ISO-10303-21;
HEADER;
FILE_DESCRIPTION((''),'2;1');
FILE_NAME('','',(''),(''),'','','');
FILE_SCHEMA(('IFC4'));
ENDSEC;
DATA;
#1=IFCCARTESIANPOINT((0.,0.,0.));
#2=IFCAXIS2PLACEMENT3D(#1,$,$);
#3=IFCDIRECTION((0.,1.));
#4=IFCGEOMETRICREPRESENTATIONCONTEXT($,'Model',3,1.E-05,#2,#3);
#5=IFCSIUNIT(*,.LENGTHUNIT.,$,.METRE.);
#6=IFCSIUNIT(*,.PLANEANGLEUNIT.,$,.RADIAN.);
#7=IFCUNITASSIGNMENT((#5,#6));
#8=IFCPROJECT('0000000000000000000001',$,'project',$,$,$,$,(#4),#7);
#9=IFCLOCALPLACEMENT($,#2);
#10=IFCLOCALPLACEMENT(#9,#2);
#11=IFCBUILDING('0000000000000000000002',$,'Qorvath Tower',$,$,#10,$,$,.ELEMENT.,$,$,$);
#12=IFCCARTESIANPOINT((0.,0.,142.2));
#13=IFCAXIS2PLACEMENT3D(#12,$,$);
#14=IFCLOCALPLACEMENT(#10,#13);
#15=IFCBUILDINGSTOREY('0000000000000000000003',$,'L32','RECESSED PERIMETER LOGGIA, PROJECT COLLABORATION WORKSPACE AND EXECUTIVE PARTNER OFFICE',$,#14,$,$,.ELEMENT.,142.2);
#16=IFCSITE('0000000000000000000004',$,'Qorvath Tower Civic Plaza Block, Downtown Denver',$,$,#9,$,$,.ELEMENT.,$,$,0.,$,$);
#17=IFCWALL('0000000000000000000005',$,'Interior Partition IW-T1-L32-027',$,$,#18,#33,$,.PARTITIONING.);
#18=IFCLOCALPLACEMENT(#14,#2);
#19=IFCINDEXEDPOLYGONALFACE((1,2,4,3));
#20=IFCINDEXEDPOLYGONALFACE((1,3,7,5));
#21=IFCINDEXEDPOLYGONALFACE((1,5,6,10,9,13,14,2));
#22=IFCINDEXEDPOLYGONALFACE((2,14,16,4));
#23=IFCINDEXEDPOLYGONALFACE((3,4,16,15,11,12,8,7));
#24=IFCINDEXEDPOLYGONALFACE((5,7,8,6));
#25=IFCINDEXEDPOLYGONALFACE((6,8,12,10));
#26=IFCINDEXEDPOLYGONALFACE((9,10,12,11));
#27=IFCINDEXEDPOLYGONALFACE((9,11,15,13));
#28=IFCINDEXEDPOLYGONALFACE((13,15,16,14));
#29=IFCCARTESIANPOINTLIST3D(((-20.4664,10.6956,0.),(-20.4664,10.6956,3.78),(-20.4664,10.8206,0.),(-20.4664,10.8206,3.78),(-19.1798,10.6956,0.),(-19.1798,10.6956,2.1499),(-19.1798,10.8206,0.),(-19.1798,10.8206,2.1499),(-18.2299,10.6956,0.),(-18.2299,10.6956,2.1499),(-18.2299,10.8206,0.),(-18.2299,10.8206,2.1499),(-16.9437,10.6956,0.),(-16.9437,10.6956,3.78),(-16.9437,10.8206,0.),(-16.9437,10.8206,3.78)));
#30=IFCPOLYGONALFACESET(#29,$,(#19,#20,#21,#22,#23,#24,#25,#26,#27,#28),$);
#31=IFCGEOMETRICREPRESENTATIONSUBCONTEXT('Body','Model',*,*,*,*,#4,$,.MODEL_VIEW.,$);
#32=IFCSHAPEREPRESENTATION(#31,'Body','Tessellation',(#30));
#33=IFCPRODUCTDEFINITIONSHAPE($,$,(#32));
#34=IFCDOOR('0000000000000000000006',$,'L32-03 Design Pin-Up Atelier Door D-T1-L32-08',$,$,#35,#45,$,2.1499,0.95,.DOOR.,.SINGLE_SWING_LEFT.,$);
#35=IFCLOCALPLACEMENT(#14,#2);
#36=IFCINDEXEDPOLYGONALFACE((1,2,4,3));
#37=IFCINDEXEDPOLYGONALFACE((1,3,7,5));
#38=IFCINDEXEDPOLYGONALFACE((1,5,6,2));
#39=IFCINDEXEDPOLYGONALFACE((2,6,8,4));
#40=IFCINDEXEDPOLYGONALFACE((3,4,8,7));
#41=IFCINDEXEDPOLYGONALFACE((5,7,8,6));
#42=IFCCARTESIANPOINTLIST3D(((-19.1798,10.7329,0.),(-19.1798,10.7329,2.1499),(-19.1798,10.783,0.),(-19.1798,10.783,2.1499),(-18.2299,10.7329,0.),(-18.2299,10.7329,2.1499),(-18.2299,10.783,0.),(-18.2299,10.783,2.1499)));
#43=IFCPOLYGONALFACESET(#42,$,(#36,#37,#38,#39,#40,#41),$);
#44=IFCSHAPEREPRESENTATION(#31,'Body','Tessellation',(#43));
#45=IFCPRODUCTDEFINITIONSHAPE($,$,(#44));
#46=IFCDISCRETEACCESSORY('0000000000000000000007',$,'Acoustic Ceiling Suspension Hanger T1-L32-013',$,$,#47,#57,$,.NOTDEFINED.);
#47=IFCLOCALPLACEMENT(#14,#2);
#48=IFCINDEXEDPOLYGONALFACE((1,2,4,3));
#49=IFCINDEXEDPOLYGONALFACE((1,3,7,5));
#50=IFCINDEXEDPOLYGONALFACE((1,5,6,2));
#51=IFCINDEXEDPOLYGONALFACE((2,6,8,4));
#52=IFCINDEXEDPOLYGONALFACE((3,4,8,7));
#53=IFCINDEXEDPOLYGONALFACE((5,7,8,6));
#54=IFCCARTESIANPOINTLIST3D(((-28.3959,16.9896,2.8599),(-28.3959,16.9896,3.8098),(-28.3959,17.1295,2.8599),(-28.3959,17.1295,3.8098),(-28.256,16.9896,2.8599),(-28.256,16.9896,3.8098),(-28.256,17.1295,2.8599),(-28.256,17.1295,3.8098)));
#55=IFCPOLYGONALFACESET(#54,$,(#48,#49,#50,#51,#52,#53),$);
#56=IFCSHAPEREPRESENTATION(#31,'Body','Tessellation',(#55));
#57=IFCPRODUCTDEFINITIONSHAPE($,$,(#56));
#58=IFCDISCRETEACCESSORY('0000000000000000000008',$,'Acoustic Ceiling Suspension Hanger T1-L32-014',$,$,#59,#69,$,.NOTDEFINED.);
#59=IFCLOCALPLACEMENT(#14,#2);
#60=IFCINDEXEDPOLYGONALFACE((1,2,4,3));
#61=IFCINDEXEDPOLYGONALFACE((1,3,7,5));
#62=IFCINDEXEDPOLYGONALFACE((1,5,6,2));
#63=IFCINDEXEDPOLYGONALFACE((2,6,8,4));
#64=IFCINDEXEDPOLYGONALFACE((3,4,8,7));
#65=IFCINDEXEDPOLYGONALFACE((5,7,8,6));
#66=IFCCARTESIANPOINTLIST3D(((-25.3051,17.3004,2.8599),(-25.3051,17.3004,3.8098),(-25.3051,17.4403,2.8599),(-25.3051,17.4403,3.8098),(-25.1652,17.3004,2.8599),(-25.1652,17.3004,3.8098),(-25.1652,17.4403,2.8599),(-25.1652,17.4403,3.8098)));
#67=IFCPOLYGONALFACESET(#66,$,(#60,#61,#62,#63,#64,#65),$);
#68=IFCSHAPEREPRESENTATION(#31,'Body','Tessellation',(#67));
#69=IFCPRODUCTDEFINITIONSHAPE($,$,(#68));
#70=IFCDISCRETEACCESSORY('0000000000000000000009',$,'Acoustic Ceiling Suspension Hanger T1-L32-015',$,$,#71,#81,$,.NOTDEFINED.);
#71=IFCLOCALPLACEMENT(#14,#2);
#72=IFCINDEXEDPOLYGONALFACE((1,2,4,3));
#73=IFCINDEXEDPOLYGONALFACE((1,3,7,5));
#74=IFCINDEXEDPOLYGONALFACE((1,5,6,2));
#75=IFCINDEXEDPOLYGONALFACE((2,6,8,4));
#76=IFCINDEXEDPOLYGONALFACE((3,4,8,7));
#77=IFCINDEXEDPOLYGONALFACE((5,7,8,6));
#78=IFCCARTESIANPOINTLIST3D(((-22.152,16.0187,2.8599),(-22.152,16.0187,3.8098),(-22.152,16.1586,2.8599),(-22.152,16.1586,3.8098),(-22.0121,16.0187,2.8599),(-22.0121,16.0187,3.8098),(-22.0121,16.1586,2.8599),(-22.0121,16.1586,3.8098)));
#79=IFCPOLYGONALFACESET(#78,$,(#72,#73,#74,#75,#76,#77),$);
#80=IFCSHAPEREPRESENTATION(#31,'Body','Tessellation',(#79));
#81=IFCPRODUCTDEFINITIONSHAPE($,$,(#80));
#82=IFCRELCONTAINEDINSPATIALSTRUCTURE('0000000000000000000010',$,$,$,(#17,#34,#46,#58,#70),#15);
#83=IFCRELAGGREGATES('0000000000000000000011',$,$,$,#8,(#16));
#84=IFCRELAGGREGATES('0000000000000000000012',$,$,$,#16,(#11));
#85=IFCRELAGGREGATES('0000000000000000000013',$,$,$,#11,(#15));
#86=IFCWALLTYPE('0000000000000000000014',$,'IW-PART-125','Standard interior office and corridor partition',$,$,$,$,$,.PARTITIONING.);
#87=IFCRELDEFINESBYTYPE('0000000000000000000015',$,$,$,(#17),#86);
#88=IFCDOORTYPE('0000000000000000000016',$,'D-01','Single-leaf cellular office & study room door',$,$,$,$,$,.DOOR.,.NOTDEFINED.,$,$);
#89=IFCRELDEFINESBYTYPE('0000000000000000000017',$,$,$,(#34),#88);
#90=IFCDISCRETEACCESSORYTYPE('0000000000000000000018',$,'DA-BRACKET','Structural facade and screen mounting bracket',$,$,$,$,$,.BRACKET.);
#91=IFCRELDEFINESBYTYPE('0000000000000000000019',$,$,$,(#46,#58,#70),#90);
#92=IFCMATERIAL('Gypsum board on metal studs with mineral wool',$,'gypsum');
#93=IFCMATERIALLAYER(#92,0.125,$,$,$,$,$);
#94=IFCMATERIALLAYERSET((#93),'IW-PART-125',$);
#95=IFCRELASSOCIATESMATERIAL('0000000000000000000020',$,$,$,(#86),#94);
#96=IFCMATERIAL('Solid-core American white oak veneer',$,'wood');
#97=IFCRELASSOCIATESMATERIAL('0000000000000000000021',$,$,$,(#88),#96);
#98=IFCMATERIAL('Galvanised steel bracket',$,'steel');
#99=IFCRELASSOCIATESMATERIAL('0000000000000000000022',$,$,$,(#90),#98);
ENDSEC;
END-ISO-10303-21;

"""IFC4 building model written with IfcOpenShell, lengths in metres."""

from ifc_helpers import new_model, si_unit, direction, frame, frame_2d, origin, origin_2d, place, context, subcontext, project, spatial, rectangle, extrude, material, layer, layer_set, type_object, element, fill, save


model = new_model("IFC4")

# Units and contexts
model_context = context("Model", 3, precision=1e-05, world=origin(), true_north=direction((0.0, 1.0)))
body_context = subcontext(model_context, "Body", "Model", "MODEL_VIEW")
ifc_project = project(units=[si_unit("LENGTHUNIT", "METRE"), si_unit("PLANEANGLEUNIT", "RADIAN")], contexts=[model_context])

# Site, building, storey
site_placement = place(None, origin())
site = spatial("IfcSite", under=ifc_project, at=site_placement, Name="Qorvath Tower Civic Plaza Block, Downtown Denver", CompositionType="ELEMENT", RefElevation=0.0)
building_placement = place(site_placement, origin())
building = spatial("IfcBuilding", under=site, at=building_placement, Name="Qorvath Tower", CompositionType="ELEMENT")
storey_placement = place(building_placement, frame((0.0, 0.0, 142.2)))
storey = spatial("IfcBuildingStorey", under=building, at=storey_placement, Name="L32", Description="RECESSED PERIMETER LOGGIA, PROJECT COLLABORATION WORKSPACE AND EXECUTIVE PARTNER OFFICE", CompositionType="ELEMENT", Elevation=142.2)

# Shared definitions
ifc_material_1 = material(Name="Gypsum board on metal studs with mineral wool", Category="gypsum")
ifc_layer_1 = layer(ifc_material_1, 0.125)
ifc_layer_set_1 = layer_set([ifc_layer_1], Name="IW-PART-125")
wall_type_1 = type_object("IfcWallType", Name="IW-PART-125", Description="Standard interior office and corridor partition", PredefinedType="PARTITIONING", material=ifc_layer_set_1)
ifc_material_2 = material(Name="Solid-core American white oak veneer", Category="wood")
door_type = type_object("IfcDoorType", Name="D-01", Description="Single-leaf cellular office & study room door", OperationType="NOTDEFINED", PredefinedType="DOOR", material=ifc_material_2)

# Wall, opening, door
wall_1_placement = place(storey_placement, frame((-20.4663, 10.7581, 0.0), z_axis=(0.0, 0.0, 1.0), x_axis=(1.0, 0.0, 0.0)))
wall_1 = element("IfcWall", 1, at=wall_1_placement, inside=storey, type_object=wall_type_1, Name="Interior Partition IW-T1-L32-027", PredefinedType="PARTITIONING", context=body_context, shape_type="SweptSolid", body=[
    extrude(rectangle(XDim=3.5227, YDim=0.125, at=frame_2d((1.7612, 0.0))), origin(), (0.0, 0.0, 1.0), 3.78),
])
opening_1_placement = place(wall_1_placement, frame((1.2864, 0.0, 0.0)))
opening_1 = element("IfcOpeningElement", 2, at=opening_1_placement, cuts=wall_1, PredefinedType="OPENING", context=body_context, shape_type="SweptSolid", body=[
    extrude(rectangle(XDim=0.95, YDim=2.1499, at=frame_2d((0.4751, 1.075))), frame((0.0, 0.0725, 0.0), z_axis=(0.0, -1.0, 0.0), x_axis=(1.0, 0.0, 0.0)), (0.0, 0.0, 1.0), 0.145),
])
door_1_placement = place(opening_1_placement, origin())
door_1 = element("IfcDoor", 3, at=door_1_placement, inside=storey, type_object=door_type, Name="L32-03 Design Pin-Up Atelier Door D-T1-L32-08", OperationType="SINGLE_SWING_LEFT", OverallHeight=2.1499, OverallWidth=0.95, PredefinedType="DOOR", context=body_context, shape_type="SweptSolid", body=[
    extrude(rectangle(XDim=0.95, YDim=2.1499, at=frame_2d((0.4751, 1.075))), frame((0.0, 0.0249, 0.0), z_axis=(0.0, -1.0, 0.0), x_axis=(1.0, 0.0, 0.0)), (0.0, 0.0, 1.0), 0.05),
])
fill(opening_1, door_1)

# Discrete accessories
ifc_material_3 = material(Name="Galvanised steel bracket", Category="steel")
discrete_accessory_type = type_object("IfcDiscreteAccessoryType", Name="DA-BRACKET", Description="Structural facade and screen mounting bracket", PredefinedType="BRACKET", material=ifc_material_3)
for number, where, z_axis, x_axis, name in (
    (4, (-28.3259, 17.0596, 2.8599), (0.0, 0.0, 1.0), (1.0, 0.0, 0.0), "Acoustic Ceiling Suspension Hanger T1-L32-013"),
    (5, (-25.2351, 17.3704, 2.8599), (0.0, 0.0, 1.0), (1.0, 0.0, 0.0), "Acoustic Ceiling Suspension Hanger T1-L32-014"),
    (6, (-22.082, 16.0886, 2.8599), (0.0, 0.0, 1.0), (1.0, 0.0, 0.0), "Acoustic Ceiling Suspension Hanger T1-L32-015"),
):
    element("IfcDiscreteAccessory", number, at=place(storey_placement, frame(where, z_axis=z_axis, x_axis=x_axis)), inside=storey, type_object=discrete_accessory_type, Name=name, PredefinedType="NOTDEFINED", context=body_context, shape_type="SweptSolid", body=[
        extrude(rectangle(XDim=0.1399, YDim=0.1399, at=origin_2d()), origin(), (0.0, 0.0, 1.0), 0.95),
    ])

save(model, "model.ifc")
